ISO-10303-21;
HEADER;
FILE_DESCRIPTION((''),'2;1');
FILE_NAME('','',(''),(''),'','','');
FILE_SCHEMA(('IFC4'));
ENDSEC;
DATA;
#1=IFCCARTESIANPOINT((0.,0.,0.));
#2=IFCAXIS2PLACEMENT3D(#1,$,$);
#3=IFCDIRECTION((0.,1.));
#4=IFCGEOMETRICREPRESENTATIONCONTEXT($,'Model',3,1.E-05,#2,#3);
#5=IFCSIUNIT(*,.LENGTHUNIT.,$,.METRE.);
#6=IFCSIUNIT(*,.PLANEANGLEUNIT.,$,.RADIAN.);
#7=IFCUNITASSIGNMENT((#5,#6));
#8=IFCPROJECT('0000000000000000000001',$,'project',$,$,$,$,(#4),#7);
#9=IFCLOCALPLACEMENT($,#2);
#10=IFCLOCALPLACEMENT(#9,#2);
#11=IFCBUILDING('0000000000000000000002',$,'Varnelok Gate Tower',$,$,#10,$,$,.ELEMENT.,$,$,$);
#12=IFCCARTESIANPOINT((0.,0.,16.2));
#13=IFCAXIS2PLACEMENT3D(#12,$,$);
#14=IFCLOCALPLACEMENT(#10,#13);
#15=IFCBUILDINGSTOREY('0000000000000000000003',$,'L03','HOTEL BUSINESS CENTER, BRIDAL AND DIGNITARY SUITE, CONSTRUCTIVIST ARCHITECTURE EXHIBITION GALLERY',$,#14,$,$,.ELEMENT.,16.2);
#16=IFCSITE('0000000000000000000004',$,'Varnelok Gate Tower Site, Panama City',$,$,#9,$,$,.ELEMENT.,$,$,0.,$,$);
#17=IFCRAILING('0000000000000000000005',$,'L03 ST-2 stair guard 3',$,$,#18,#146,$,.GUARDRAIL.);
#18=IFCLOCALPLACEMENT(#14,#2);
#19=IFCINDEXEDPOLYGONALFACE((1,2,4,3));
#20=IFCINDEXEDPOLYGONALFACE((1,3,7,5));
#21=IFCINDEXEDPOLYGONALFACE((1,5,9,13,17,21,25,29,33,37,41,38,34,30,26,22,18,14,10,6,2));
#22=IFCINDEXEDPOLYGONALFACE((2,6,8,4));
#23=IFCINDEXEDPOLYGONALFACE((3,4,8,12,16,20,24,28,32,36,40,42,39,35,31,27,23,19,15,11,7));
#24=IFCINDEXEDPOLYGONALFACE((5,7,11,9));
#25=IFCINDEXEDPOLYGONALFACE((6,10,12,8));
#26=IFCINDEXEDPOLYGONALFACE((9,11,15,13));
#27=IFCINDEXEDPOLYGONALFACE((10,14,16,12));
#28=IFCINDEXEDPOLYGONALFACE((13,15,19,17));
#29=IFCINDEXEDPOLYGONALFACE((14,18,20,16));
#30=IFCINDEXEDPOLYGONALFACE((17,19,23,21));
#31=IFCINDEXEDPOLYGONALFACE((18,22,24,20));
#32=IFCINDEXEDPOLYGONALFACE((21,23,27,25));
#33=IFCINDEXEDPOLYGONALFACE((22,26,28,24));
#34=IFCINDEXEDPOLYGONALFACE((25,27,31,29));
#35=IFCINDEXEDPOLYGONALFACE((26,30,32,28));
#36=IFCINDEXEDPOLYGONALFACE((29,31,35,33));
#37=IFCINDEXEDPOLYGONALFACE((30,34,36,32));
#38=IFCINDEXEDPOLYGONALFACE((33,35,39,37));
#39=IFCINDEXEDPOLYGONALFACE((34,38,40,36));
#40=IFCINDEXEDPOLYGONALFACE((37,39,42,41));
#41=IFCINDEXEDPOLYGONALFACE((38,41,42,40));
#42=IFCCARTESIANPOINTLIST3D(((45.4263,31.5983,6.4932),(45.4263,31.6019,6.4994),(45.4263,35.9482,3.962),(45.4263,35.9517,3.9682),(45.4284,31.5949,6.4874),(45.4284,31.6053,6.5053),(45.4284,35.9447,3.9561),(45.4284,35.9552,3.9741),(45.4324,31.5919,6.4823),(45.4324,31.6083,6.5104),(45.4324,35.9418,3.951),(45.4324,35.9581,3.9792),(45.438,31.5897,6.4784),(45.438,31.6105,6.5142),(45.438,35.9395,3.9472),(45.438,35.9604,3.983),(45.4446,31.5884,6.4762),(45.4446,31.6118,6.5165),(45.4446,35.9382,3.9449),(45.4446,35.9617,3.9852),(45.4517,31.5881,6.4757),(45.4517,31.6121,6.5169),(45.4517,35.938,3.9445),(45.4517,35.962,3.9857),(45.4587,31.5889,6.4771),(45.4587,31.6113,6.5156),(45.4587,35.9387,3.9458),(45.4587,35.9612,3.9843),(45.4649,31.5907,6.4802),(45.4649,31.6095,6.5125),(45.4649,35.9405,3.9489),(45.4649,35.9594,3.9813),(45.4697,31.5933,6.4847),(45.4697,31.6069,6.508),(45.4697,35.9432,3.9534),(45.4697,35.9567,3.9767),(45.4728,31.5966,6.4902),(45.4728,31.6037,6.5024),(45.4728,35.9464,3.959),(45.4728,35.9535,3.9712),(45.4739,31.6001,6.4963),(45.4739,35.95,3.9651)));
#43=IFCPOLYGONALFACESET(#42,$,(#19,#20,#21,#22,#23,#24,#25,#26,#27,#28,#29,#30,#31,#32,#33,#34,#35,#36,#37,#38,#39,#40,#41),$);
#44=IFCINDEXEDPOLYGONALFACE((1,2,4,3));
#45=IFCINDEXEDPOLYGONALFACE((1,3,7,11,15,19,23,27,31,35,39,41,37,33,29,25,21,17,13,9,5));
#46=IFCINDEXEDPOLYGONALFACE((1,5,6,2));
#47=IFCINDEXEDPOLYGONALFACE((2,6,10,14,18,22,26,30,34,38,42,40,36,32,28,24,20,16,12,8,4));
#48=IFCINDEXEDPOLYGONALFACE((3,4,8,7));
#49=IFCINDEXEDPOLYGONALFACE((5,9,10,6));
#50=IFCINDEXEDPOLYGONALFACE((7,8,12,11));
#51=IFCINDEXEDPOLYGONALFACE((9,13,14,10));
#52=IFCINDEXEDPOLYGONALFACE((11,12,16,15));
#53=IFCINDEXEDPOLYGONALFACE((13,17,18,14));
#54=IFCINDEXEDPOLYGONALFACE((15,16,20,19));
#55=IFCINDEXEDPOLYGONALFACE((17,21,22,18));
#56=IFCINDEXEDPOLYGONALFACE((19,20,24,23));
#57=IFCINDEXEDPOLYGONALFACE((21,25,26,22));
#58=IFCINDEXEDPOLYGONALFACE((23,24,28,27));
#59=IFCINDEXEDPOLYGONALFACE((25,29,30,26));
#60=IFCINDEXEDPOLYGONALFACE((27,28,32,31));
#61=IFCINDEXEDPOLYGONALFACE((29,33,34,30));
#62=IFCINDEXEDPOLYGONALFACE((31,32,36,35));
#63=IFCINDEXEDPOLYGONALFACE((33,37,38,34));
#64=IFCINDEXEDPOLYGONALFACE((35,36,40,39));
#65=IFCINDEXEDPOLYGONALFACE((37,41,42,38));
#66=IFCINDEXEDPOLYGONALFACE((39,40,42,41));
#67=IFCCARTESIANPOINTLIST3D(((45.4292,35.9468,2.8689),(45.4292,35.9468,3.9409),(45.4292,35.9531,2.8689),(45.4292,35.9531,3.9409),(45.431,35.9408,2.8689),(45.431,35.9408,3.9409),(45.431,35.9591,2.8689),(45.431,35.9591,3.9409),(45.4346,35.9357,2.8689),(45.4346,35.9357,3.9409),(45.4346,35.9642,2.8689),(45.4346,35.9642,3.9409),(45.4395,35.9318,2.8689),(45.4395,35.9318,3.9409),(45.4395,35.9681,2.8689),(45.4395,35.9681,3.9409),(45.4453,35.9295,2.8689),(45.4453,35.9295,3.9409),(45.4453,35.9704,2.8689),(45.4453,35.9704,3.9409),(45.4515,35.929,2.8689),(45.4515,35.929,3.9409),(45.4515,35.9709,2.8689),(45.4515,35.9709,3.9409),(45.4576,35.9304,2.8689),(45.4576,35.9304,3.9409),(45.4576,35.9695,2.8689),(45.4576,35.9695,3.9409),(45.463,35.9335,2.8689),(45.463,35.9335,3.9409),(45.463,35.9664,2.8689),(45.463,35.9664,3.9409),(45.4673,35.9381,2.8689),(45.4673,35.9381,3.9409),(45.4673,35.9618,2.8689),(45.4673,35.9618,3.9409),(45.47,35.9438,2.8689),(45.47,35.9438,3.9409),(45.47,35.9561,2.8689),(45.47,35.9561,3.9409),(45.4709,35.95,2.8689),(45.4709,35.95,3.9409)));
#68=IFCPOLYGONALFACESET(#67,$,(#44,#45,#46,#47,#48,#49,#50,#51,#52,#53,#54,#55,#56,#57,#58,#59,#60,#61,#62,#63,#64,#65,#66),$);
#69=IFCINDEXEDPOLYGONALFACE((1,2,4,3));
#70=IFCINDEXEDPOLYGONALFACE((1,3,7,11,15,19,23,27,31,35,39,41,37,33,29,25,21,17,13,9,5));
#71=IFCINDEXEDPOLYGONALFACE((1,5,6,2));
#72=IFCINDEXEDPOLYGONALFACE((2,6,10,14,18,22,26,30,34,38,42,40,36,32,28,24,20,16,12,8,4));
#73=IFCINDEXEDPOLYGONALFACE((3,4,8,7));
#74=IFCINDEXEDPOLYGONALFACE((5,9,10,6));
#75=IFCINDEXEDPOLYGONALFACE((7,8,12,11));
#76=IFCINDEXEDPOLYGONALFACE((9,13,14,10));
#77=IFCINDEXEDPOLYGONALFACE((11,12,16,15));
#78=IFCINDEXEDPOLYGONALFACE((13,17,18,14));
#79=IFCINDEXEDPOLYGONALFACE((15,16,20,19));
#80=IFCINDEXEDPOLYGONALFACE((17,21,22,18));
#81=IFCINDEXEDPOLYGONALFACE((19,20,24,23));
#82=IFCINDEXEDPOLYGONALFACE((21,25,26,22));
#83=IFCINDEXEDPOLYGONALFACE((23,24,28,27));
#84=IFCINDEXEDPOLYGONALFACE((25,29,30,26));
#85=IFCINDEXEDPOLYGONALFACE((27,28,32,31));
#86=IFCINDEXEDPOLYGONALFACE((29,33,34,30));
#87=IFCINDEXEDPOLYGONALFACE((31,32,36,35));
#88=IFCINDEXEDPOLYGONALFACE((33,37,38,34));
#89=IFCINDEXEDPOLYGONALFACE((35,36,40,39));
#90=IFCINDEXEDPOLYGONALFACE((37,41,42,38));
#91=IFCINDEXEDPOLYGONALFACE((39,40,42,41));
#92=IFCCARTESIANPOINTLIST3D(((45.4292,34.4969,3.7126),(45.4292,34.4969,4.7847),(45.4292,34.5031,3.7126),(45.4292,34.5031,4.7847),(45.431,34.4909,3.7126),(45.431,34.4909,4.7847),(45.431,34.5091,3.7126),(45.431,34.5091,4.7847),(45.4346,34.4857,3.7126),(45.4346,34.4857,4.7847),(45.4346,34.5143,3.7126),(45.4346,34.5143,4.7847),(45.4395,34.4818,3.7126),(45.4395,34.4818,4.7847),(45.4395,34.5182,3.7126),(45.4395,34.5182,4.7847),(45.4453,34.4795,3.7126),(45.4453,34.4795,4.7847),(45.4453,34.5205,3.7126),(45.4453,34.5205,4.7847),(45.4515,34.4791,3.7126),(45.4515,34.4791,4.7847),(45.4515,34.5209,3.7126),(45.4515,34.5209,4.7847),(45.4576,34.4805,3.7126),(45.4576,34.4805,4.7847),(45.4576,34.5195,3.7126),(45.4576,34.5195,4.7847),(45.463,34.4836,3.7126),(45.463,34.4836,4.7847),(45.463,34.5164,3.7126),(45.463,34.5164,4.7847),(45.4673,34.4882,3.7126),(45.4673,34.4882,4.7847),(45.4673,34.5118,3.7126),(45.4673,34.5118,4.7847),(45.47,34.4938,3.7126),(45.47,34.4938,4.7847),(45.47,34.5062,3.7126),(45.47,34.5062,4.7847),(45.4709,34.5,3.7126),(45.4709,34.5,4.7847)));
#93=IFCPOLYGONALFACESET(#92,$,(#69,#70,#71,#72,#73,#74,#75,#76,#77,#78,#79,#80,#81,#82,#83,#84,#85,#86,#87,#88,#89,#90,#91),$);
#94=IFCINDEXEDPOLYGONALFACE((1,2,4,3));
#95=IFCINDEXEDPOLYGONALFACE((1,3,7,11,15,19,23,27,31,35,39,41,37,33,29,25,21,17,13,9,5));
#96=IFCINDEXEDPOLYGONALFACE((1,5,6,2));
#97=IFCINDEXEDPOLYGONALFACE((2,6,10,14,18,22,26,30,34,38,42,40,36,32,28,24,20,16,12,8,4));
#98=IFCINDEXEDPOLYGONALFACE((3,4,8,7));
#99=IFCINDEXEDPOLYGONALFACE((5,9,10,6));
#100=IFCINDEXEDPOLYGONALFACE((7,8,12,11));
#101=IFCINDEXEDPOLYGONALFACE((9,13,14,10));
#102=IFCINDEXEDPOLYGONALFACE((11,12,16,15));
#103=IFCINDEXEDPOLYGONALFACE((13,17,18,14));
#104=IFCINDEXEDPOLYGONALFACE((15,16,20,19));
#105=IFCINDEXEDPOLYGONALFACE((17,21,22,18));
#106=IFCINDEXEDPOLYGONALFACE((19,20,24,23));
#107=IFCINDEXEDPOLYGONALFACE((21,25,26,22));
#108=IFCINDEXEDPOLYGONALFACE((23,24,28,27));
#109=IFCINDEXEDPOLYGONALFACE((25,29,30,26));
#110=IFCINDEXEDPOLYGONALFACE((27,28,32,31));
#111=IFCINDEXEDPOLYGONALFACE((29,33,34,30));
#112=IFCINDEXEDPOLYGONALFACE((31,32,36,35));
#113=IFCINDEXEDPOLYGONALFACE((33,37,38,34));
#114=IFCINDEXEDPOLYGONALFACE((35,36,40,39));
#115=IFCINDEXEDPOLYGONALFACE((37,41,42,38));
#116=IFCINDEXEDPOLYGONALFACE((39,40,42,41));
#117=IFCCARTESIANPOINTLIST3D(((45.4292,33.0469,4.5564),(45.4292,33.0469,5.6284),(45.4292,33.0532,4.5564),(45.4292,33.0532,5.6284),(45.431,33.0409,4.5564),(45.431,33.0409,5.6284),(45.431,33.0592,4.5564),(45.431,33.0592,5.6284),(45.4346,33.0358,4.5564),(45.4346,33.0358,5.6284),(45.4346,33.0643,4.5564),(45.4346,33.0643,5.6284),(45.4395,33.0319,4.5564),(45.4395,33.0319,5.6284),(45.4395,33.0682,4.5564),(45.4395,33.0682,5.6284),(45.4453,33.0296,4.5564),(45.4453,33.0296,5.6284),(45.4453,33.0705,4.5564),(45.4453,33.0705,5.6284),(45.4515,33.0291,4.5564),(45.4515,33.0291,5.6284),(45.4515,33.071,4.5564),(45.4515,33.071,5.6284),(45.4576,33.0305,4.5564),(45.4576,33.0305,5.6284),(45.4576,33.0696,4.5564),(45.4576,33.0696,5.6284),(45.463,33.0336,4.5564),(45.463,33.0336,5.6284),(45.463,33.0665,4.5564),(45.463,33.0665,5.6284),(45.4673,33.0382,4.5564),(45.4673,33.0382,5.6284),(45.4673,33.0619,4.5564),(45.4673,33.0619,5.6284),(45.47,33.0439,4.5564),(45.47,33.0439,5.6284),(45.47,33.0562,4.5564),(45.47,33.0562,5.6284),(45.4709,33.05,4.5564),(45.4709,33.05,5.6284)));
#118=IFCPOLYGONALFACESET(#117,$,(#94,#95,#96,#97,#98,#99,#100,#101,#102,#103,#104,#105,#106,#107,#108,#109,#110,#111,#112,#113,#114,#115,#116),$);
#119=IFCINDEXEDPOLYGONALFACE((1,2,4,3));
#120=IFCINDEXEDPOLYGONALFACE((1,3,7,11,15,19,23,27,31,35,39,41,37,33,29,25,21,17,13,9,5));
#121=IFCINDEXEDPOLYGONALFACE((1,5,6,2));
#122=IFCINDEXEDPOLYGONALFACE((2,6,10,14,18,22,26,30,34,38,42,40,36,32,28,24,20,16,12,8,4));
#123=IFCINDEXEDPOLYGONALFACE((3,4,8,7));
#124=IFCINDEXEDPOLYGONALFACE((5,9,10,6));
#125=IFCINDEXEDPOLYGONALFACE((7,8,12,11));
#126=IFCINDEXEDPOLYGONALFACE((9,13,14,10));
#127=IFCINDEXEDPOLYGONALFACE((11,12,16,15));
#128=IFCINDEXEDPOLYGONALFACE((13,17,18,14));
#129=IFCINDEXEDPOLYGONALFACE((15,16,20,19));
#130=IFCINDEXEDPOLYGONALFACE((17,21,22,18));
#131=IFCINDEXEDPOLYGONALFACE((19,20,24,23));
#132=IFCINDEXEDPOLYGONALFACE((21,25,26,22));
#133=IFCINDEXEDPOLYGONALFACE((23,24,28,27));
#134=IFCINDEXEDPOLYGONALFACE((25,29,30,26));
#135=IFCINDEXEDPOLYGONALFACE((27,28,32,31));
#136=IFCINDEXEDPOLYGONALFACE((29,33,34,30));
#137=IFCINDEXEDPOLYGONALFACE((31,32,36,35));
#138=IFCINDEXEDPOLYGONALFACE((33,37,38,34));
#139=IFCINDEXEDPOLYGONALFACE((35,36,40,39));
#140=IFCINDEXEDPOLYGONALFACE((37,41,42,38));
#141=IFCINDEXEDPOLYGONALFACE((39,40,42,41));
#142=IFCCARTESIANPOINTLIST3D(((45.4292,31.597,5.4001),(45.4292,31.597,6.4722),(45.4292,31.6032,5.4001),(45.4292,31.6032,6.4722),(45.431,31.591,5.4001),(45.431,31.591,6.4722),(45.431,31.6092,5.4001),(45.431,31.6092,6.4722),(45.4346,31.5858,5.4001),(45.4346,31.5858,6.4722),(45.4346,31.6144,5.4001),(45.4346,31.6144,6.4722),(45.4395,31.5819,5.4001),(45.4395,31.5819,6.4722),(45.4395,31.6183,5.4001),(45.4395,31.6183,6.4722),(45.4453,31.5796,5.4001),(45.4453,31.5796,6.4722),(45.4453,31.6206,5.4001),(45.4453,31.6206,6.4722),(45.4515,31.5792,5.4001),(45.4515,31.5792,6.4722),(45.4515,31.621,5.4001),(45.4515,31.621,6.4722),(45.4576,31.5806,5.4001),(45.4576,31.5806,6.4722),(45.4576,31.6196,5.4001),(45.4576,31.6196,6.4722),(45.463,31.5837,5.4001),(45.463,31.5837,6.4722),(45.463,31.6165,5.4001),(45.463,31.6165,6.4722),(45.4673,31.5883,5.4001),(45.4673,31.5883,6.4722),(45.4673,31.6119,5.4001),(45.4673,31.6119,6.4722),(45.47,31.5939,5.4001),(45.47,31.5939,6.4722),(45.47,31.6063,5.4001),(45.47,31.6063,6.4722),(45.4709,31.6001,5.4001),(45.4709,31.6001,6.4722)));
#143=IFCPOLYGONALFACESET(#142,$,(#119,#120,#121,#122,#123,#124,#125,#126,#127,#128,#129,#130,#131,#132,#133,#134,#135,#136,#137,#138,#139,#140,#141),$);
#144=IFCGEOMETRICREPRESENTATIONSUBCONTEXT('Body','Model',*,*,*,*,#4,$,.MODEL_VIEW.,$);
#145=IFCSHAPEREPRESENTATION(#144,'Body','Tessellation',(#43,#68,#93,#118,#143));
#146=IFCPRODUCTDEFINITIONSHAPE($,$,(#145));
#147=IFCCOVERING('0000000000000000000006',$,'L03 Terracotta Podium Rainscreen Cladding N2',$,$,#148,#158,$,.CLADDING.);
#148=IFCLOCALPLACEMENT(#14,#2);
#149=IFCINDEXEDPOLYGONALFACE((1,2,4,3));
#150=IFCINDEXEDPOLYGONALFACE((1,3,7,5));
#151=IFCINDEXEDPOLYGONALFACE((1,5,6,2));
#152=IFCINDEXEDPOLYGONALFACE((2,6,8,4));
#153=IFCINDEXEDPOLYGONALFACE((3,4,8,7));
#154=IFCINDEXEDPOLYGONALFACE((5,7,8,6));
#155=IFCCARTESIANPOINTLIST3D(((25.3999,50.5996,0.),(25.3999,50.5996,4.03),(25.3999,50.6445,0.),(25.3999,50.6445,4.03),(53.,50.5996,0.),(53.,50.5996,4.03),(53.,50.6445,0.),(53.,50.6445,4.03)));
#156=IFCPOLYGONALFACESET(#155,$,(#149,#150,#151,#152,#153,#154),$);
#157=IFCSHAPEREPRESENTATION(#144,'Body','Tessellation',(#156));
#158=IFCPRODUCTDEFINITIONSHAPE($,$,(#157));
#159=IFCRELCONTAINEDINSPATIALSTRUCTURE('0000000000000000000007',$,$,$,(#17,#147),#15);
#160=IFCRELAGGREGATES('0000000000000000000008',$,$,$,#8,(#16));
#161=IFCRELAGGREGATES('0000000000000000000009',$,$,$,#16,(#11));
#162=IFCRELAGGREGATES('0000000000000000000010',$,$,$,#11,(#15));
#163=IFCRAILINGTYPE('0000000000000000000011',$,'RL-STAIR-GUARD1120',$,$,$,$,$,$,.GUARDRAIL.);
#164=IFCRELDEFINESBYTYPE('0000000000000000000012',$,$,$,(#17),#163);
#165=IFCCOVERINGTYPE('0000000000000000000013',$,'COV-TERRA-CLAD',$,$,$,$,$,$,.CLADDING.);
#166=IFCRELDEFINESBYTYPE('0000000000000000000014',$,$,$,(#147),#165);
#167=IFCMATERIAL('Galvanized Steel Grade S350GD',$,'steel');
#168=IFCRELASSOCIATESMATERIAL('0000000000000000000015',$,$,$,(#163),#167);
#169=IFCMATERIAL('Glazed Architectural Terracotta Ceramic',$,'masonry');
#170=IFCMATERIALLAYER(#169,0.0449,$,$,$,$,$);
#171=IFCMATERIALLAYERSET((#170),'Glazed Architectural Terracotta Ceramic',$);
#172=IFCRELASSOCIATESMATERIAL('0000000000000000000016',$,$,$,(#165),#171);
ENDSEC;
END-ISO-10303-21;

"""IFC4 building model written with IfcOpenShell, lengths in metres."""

from ifc_helpers import new_model, si_unit, direction, frame, origin, origin_2d, place, context, subcontext, project, spatial, rectangle, circle, extrude, source, transform, mapped, material, layer, layer_set, type_object, element, save


model = new_model("IFC4")

# Units and contexts
model_context = context("Model", 3, precision=1e-05, world=origin(), true_north=direction((0.0, 1.0)))
body_context = subcontext(model_context, "Body", "Model", "MODEL_VIEW")
ifc_project = project(units=[si_unit("LENGTHUNIT", "METRE"), si_unit("PLANEANGLEUNIT", "RADIAN")], contexts=[model_context])

# Site, building, storey
site_placement = place(None, origin())
site = spatial("IfcSite", under=ifc_project, at=site_placement, Name="Varnelok Gate Tower Site, Panama City", CompositionType="ELEMENT", RefElevation=0.0)
building_placement = place(site_placement, origin())
building = spatial("IfcBuilding", under=site, at=building_placement, Name="Varnelok Gate Tower", CompositionType="ELEMENT")
storey_placement = place(building_placement, frame((0.0, 0.0, 16.2)))
storey = spatial("IfcBuildingStorey", under=building, at=storey_placement, Name="L03", Description="HOTEL BUSINESS CENTER, BRIDAL AND DIGNITARY SUITE, CONSTRUCTIVIST ARCHITECTURE EXHIBITION GALLERY", CompositionType="ELEMENT", Elevation=16.2)

# Shared definitions
ifc_material_1 = material(Name="Galvanized Steel Grade S350GD", Category="steel")

# Railing
railing_type_1 = type_object("IfcRailingType", Name="RL-STAIR-GUARD1120", PredefinedType="GUARDRAIL", material=ifc_material_1)
railing_1_placement = place(storey_placement, frame((45.45, 35.95, 2.8689)))
element("IfcRailing", 1, at=railing_1_placement, inside=storey, type_object=railing_type_1, Name="L03 ST-2 stair guard 3", PredefinedType="GUARDRAIL", context=body_context, shape_type="SweptSolid", body=[
    extrude(circle(Radius=0.0239, at=origin_2d()), frame((0.0, 0.0, 1.0962), z_axis=(0.0, -0.864312, 0.502957), x_axis=(1.0, 0.0, 0.0)), (0.0, 0.0, 1.0), 5.0327),
    extrude(circle(Radius=0.021, at=origin_2d()), origin(), (0.0, 0.0, 1.0), 1.072),
    extrude(circle(Radius=0.021, at=origin_2d()), frame((0.0, -1.45, 0.8438)), (0.0, 0.0, 1.0), 1.072),
    extrude(circle(Radius=0.021, at=origin_2d()), frame((0.0, -2.8999, 1.6875)), (0.0, 0.0, 1.0), 1.072),
    extrude(circle(Radius=0.021, at=origin_2d()), frame((0.0, -4.3499, 2.5312)), (0.0, 0.0, 1.0), 1.072),
])

# Covering
ifc_material_2 = material(Name="Glazed Architectural Terracotta Ceramic", Category="masonry")
ifc_layer_1 = layer(ifc_material_2, 0.0449)
ifc_layer_set_1 = layer_set([ifc_layer_1], Name="Glazed Architectural Terracotta Ceramic")
covering_type = type_object("IfcCoveringType", Name="COV-TERRA-CLAD", PredefinedType="CLADDING", material=ifc_layer_set_1)
shared_shape = source(origin(), body_context, "Body", "SweptSolid", [
    extrude(rectangle(XDim=27.6001, YDim=0.0449, at=origin_2d()), origin(), (0.0, 0.0, 1.0), 4.03),
])
covering_placement = place(storey_placement, frame((39.2, 50.6221, 0.0), z_axis=(0.0, 0.0, 1.0), x_axis=(1.0, 0.0, 0.0)))
element("IfcCovering", 2, at=covering_placement, inside=storey, type_object=covering_type, Name="L03 Terracotta Podium Rainscreen Cladding N2", PredefinedType="CLADDING", context=body_context, shape_type="MappedRepresentation", body=[
    mapped(shared_shape, transform((0.0, 0.0, 0.0), scale=1.0)),
])

save(model, "model.ifc")
